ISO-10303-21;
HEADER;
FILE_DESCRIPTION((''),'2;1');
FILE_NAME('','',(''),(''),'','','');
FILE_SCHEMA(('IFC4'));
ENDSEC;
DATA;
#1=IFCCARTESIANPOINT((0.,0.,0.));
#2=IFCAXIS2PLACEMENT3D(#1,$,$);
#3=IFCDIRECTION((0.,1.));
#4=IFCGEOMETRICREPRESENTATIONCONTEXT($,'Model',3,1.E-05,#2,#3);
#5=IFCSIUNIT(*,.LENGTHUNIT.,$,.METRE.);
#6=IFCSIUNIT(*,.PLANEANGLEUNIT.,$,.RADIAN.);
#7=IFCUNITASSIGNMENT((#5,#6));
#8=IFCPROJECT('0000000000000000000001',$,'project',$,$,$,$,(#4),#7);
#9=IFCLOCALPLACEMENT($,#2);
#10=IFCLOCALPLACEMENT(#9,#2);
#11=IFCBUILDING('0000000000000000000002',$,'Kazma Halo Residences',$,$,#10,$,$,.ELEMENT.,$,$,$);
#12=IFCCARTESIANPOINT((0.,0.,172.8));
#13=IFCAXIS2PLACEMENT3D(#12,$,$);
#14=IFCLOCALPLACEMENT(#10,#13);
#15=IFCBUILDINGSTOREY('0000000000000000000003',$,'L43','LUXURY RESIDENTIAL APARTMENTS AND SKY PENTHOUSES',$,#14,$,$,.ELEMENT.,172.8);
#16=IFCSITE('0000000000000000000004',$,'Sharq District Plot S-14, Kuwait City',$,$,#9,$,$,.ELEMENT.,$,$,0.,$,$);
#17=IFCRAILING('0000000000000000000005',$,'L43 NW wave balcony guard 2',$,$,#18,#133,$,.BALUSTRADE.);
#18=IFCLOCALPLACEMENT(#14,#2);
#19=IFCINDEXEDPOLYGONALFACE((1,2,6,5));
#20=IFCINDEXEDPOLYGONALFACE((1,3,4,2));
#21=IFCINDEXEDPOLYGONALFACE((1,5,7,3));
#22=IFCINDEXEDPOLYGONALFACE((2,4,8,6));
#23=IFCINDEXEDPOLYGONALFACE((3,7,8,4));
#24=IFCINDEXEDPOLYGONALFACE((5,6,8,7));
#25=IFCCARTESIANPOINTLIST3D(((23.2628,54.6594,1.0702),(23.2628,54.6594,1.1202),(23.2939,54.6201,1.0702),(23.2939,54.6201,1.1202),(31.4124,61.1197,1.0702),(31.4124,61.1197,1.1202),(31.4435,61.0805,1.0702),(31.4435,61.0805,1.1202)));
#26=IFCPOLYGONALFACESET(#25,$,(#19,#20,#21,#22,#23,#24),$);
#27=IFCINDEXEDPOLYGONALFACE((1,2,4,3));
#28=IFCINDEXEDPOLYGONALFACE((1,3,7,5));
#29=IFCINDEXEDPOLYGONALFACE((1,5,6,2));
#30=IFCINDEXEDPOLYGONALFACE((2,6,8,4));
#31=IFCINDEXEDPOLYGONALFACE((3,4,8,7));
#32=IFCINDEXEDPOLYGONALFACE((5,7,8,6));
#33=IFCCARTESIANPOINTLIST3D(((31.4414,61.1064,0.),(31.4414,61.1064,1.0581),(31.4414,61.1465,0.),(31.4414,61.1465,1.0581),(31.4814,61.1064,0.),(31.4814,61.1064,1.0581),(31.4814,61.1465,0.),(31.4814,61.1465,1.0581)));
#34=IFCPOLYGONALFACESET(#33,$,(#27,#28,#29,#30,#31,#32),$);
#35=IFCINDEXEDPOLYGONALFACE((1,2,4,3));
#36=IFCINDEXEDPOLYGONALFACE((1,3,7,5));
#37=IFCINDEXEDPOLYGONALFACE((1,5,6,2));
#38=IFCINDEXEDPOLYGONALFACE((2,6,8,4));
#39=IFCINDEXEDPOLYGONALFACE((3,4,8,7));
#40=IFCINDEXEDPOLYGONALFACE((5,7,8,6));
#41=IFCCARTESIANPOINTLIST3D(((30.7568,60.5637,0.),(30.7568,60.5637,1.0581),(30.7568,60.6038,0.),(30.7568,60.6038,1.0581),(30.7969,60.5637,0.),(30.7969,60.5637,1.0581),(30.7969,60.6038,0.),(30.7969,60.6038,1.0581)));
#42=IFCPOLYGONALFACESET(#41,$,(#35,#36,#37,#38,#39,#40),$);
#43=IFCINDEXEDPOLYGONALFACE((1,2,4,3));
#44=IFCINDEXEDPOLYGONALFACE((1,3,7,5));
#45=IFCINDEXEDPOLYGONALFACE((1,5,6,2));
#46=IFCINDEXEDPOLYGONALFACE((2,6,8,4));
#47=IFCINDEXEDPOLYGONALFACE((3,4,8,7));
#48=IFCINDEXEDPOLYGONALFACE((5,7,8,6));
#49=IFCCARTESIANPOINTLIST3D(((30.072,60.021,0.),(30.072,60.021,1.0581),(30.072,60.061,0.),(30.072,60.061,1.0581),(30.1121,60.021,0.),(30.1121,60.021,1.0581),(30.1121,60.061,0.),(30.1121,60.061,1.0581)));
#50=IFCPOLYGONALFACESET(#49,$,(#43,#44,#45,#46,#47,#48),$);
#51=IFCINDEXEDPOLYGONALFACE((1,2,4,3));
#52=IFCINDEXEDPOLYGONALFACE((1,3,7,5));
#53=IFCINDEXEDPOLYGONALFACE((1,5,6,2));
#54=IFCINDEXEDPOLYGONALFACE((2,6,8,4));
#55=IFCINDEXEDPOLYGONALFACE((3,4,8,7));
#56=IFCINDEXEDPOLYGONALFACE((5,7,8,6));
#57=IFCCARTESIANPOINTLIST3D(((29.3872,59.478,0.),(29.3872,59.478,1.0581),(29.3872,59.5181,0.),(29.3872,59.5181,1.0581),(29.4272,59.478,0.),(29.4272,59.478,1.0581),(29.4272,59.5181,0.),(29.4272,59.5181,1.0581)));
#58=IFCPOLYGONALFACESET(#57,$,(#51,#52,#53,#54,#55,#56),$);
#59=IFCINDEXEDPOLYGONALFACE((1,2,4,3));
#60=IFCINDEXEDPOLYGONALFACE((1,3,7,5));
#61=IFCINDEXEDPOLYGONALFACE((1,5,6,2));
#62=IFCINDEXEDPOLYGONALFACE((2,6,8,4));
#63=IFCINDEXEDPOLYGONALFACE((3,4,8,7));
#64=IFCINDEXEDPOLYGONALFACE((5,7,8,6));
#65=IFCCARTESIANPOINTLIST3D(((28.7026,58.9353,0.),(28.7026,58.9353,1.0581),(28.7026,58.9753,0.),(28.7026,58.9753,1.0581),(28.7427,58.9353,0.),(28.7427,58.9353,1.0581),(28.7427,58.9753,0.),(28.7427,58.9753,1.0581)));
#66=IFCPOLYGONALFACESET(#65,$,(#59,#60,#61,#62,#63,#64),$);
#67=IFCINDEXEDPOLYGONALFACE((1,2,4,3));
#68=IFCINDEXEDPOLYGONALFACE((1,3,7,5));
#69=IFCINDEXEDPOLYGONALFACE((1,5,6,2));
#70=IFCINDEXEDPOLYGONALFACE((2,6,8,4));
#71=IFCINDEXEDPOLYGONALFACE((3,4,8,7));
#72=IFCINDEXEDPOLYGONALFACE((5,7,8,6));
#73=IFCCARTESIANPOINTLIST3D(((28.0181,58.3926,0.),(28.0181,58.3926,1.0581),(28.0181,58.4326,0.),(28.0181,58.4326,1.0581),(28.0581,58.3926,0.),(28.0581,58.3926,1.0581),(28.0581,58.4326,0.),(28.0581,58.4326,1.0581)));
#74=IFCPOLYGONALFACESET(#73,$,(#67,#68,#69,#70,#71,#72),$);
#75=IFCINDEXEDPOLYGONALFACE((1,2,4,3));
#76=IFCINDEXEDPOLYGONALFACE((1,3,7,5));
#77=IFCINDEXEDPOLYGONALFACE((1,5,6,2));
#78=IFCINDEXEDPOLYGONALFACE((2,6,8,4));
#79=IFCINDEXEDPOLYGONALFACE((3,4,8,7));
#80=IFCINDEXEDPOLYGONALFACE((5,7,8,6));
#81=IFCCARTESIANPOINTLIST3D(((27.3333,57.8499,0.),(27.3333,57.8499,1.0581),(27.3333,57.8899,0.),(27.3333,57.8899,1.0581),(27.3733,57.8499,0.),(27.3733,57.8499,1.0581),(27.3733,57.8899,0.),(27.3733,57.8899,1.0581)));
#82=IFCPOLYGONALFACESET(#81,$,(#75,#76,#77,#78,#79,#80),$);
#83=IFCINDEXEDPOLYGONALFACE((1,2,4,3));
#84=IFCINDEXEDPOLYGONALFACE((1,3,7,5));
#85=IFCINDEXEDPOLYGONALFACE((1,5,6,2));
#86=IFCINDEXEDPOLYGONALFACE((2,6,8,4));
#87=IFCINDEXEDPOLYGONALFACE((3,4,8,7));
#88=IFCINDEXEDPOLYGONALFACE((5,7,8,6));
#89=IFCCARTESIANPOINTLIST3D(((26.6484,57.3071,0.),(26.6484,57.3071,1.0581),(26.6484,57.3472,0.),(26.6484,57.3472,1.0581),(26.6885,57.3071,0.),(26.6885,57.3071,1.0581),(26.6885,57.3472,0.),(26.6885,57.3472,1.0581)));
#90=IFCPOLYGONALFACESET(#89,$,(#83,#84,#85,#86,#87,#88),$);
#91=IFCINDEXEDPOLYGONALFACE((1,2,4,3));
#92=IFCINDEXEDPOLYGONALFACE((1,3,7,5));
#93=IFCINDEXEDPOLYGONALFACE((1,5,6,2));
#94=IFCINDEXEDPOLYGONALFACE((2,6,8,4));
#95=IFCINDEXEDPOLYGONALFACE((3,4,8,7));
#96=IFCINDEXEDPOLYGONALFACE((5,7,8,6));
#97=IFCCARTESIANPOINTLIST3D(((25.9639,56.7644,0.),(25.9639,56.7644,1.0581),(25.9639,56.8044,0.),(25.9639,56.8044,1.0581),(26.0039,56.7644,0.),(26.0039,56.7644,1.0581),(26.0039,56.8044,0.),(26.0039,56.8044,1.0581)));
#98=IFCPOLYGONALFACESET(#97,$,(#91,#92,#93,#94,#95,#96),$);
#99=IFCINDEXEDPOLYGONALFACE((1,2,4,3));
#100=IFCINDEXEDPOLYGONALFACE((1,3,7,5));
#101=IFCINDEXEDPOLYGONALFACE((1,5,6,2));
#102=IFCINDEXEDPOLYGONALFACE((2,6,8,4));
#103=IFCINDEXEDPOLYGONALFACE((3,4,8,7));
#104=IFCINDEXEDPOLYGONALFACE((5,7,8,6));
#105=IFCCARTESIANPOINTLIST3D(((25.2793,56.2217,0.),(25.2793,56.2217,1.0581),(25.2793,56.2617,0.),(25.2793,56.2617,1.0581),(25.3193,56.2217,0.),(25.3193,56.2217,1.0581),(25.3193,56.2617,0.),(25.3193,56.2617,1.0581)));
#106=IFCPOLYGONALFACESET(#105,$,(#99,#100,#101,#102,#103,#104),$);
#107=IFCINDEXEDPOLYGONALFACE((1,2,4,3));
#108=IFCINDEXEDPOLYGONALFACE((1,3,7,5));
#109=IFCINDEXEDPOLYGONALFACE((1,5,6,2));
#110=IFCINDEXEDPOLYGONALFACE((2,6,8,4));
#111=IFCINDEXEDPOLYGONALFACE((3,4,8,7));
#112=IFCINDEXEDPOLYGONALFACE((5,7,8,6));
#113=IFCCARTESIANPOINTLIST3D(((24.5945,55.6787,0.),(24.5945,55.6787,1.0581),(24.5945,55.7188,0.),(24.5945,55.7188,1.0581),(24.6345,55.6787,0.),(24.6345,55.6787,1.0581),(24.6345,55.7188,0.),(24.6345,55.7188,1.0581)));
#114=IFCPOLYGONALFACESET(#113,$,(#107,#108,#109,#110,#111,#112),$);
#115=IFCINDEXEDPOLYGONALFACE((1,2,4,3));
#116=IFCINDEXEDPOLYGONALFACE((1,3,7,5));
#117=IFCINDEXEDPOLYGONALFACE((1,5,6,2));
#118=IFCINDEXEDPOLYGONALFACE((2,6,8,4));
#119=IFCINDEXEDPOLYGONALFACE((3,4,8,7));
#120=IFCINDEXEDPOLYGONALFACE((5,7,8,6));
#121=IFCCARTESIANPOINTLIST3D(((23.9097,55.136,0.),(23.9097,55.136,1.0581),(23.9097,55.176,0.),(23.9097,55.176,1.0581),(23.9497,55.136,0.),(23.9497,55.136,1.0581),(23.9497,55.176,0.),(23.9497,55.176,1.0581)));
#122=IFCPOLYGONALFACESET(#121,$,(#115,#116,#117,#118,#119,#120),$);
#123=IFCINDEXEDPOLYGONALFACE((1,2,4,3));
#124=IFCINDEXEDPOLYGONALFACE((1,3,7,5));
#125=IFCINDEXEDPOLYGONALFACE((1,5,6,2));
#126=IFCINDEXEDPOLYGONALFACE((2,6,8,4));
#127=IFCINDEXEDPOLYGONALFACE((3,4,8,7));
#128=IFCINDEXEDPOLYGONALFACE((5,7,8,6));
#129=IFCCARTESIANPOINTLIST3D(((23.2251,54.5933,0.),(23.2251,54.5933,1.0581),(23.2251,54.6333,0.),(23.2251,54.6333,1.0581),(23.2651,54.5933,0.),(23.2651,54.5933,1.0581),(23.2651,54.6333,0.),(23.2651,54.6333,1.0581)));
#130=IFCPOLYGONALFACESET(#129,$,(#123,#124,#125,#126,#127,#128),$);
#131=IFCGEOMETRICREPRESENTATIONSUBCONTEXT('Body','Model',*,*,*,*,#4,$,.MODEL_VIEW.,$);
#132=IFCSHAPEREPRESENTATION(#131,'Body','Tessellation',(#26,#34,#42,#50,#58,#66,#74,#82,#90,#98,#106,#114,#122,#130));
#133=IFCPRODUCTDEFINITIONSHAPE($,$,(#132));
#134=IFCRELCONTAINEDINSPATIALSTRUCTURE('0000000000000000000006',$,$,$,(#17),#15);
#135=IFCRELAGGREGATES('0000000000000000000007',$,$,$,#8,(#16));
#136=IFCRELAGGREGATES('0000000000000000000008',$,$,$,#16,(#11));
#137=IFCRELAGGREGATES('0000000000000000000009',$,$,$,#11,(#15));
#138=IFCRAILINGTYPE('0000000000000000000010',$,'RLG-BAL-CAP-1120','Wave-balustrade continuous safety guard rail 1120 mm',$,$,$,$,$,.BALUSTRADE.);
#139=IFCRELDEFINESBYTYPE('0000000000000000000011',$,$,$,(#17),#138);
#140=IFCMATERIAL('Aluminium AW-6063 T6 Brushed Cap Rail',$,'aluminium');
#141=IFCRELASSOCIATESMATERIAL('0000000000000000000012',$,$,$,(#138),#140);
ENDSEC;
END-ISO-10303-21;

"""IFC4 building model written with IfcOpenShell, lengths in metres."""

from ifc_helpers import new_model, si_unit, direction, frame, origin, origin_2d, place, context, subcontext, project, spatial, rectangle, extrude, material, type_object, element, save


model = new_model("IFC4")

# Units and contexts
model_context = context("Model", 3, precision=1e-05, world=origin(), true_north=direction((0.0, 1.0)))
body_context = subcontext(model_context, "Body", "Model", "MODEL_VIEW")
ifc_project = project(units=[si_unit("LENGTHUNIT", "METRE"), si_unit("PLANEANGLEUNIT", "RADIAN")], contexts=[model_context])

# Site, building, storey
site_placement = place(None, origin())
site = spatial("IfcSite", under=ifc_project, at=site_placement, Name="Sharq District Plot S-14, Kuwait City", CompositionType="ELEMENT", RefElevation=0.0)
building_placement = place(site_placement, origin())
building = spatial("IfcBuilding", under=site, at=building_placement, Name="Kazma Halo Residences", CompositionType="ELEMENT")
storey_placement = place(building_placement, frame((0.0, 0.0, 172.8)))
storey = spatial("IfcBuildingStorey", under=building, at=storey_placement, Name="L43", Description="LUXURY RESIDENTIAL APARTMENTS AND SKY PENTHOUSES", CompositionType="ELEMENT", Elevation=172.8)

# Railing
ifc_material_1 = material(Name="Aluminium AW-6063 T6 Brushed Cap Rail", Category="aluminium")
railing_type = type_object("IfcRailingType", Name="RLG-BAL-CAP-1120", Description="Wave-balustrade continuous safety guard rail 1120 mm", PredefinedType="BALUSTRADE", material=ifc_material_1)
railing_1_placement = place(storey_placement, frame((31.4614, 61.1265, 0.0)))
element("IfcRailing", 1, at=railing_1_placement, inside=storey, type_object=railing_type, Name="L43 NW wave balcony guard 2", PredefinedType="BALUSTRADE", context=body_context, shape_type="SweptSolid", body=[
    extrude(rectangle(XDim=0.05, YDim=0.05, at=origin_2d()), frame((-0.0334, -0.0264, 1.0952), z_axis=(-0.783646, -0.621207, 0.0), x_axis=(0.621207, -0.783646, 0.0)), (0.0, 0.0, 1.0), 10.3997),
    extrude(rectangle(XDim=0.04, YDim=0.04, at=origin_2d()), origin(), (0.0, 0.0, 1.0), 1.0581),
    extrude(rectangle(XDim=0.04, YDim=0.04, at=origin_2d()), frame((-0.6846, -0.5427, 0.0)), (0.0, 0.0, 1.0), 1.0581),
    extrude(rectangle(XDim=0.04, YDim=0.04, at=origin_2d()), frame((-1.3694, -1.0854, 0.0)), (0.0, 0.0, 1.0), 1.0581),
    extrude(rectangle(XDim=0.04, YDim=0.04, at=origin_2d()), frame((-2.0542, -1.6284, 0.0)), (0.0, 0.0, 1.0), 1.0581),
    extrude(rectangle(XDim=0.04, YDim=0.04, at=origin_2d()), frame((-2.7388, -2.1711, 0.0)), (0.0, 0.0, 1.0), 1.0581),
    extrude(rectangle(XDim=0.04, YDim=0.04, at=origin_2d()), frame((-3.4233, -2.7139, 0.0)), (0.0, 0.0, 1.0), 1.0581),
    extrude(rectangle(XDim=0.04, YDim=0.04, at=origin_2d()), frame((-4.1082, -3.2566, 0.0)), (0.0, 0.0, 1.0), 1.0581),
    extrude(rectangle(XDim=0.04, YDim=0.04, at=origin_2d()), frame((-4.793, -3.7993, 0.0)), (0.0, 0.0, 1.0), 1.0581),
    extrude(rectangle(XDim=0.04, YDim=0.04, at=origin_2d()), frame((-5.4775, -4.342, 0.0)), (0.0, 0.0, 1.0), 1.0581),
    extrude(rectangle(XDim=0.04, YDim=0.04, at=origin_2d()), frame((-6.1621, -4.8848, 0.0)), (0.0, 0.0, 1.0), 1.0581),
    extrude(rectangle(XDim=0.04, YDim=0.04, at=origin_2d()), frame((-6.8469, -5.4277, 0.0)), (0.0, 0.0, 1.0), 1.0581),
    extrude(rectangle(XDim=0.04, YDim=0.04, at=origin_2d()), frame((-7.5317, -5.9705, 0.0)), (0.0, 0.0, 1.0), 1.0581),
    extrude(rectangle(XDim=0.04, YDim=0.04, at=origin_2d()), frame((-8.2163, -6.5132, 0.0)), (0.0, 0.0, 1.0), 1.0581),
])

save(model, "model.ifc")
